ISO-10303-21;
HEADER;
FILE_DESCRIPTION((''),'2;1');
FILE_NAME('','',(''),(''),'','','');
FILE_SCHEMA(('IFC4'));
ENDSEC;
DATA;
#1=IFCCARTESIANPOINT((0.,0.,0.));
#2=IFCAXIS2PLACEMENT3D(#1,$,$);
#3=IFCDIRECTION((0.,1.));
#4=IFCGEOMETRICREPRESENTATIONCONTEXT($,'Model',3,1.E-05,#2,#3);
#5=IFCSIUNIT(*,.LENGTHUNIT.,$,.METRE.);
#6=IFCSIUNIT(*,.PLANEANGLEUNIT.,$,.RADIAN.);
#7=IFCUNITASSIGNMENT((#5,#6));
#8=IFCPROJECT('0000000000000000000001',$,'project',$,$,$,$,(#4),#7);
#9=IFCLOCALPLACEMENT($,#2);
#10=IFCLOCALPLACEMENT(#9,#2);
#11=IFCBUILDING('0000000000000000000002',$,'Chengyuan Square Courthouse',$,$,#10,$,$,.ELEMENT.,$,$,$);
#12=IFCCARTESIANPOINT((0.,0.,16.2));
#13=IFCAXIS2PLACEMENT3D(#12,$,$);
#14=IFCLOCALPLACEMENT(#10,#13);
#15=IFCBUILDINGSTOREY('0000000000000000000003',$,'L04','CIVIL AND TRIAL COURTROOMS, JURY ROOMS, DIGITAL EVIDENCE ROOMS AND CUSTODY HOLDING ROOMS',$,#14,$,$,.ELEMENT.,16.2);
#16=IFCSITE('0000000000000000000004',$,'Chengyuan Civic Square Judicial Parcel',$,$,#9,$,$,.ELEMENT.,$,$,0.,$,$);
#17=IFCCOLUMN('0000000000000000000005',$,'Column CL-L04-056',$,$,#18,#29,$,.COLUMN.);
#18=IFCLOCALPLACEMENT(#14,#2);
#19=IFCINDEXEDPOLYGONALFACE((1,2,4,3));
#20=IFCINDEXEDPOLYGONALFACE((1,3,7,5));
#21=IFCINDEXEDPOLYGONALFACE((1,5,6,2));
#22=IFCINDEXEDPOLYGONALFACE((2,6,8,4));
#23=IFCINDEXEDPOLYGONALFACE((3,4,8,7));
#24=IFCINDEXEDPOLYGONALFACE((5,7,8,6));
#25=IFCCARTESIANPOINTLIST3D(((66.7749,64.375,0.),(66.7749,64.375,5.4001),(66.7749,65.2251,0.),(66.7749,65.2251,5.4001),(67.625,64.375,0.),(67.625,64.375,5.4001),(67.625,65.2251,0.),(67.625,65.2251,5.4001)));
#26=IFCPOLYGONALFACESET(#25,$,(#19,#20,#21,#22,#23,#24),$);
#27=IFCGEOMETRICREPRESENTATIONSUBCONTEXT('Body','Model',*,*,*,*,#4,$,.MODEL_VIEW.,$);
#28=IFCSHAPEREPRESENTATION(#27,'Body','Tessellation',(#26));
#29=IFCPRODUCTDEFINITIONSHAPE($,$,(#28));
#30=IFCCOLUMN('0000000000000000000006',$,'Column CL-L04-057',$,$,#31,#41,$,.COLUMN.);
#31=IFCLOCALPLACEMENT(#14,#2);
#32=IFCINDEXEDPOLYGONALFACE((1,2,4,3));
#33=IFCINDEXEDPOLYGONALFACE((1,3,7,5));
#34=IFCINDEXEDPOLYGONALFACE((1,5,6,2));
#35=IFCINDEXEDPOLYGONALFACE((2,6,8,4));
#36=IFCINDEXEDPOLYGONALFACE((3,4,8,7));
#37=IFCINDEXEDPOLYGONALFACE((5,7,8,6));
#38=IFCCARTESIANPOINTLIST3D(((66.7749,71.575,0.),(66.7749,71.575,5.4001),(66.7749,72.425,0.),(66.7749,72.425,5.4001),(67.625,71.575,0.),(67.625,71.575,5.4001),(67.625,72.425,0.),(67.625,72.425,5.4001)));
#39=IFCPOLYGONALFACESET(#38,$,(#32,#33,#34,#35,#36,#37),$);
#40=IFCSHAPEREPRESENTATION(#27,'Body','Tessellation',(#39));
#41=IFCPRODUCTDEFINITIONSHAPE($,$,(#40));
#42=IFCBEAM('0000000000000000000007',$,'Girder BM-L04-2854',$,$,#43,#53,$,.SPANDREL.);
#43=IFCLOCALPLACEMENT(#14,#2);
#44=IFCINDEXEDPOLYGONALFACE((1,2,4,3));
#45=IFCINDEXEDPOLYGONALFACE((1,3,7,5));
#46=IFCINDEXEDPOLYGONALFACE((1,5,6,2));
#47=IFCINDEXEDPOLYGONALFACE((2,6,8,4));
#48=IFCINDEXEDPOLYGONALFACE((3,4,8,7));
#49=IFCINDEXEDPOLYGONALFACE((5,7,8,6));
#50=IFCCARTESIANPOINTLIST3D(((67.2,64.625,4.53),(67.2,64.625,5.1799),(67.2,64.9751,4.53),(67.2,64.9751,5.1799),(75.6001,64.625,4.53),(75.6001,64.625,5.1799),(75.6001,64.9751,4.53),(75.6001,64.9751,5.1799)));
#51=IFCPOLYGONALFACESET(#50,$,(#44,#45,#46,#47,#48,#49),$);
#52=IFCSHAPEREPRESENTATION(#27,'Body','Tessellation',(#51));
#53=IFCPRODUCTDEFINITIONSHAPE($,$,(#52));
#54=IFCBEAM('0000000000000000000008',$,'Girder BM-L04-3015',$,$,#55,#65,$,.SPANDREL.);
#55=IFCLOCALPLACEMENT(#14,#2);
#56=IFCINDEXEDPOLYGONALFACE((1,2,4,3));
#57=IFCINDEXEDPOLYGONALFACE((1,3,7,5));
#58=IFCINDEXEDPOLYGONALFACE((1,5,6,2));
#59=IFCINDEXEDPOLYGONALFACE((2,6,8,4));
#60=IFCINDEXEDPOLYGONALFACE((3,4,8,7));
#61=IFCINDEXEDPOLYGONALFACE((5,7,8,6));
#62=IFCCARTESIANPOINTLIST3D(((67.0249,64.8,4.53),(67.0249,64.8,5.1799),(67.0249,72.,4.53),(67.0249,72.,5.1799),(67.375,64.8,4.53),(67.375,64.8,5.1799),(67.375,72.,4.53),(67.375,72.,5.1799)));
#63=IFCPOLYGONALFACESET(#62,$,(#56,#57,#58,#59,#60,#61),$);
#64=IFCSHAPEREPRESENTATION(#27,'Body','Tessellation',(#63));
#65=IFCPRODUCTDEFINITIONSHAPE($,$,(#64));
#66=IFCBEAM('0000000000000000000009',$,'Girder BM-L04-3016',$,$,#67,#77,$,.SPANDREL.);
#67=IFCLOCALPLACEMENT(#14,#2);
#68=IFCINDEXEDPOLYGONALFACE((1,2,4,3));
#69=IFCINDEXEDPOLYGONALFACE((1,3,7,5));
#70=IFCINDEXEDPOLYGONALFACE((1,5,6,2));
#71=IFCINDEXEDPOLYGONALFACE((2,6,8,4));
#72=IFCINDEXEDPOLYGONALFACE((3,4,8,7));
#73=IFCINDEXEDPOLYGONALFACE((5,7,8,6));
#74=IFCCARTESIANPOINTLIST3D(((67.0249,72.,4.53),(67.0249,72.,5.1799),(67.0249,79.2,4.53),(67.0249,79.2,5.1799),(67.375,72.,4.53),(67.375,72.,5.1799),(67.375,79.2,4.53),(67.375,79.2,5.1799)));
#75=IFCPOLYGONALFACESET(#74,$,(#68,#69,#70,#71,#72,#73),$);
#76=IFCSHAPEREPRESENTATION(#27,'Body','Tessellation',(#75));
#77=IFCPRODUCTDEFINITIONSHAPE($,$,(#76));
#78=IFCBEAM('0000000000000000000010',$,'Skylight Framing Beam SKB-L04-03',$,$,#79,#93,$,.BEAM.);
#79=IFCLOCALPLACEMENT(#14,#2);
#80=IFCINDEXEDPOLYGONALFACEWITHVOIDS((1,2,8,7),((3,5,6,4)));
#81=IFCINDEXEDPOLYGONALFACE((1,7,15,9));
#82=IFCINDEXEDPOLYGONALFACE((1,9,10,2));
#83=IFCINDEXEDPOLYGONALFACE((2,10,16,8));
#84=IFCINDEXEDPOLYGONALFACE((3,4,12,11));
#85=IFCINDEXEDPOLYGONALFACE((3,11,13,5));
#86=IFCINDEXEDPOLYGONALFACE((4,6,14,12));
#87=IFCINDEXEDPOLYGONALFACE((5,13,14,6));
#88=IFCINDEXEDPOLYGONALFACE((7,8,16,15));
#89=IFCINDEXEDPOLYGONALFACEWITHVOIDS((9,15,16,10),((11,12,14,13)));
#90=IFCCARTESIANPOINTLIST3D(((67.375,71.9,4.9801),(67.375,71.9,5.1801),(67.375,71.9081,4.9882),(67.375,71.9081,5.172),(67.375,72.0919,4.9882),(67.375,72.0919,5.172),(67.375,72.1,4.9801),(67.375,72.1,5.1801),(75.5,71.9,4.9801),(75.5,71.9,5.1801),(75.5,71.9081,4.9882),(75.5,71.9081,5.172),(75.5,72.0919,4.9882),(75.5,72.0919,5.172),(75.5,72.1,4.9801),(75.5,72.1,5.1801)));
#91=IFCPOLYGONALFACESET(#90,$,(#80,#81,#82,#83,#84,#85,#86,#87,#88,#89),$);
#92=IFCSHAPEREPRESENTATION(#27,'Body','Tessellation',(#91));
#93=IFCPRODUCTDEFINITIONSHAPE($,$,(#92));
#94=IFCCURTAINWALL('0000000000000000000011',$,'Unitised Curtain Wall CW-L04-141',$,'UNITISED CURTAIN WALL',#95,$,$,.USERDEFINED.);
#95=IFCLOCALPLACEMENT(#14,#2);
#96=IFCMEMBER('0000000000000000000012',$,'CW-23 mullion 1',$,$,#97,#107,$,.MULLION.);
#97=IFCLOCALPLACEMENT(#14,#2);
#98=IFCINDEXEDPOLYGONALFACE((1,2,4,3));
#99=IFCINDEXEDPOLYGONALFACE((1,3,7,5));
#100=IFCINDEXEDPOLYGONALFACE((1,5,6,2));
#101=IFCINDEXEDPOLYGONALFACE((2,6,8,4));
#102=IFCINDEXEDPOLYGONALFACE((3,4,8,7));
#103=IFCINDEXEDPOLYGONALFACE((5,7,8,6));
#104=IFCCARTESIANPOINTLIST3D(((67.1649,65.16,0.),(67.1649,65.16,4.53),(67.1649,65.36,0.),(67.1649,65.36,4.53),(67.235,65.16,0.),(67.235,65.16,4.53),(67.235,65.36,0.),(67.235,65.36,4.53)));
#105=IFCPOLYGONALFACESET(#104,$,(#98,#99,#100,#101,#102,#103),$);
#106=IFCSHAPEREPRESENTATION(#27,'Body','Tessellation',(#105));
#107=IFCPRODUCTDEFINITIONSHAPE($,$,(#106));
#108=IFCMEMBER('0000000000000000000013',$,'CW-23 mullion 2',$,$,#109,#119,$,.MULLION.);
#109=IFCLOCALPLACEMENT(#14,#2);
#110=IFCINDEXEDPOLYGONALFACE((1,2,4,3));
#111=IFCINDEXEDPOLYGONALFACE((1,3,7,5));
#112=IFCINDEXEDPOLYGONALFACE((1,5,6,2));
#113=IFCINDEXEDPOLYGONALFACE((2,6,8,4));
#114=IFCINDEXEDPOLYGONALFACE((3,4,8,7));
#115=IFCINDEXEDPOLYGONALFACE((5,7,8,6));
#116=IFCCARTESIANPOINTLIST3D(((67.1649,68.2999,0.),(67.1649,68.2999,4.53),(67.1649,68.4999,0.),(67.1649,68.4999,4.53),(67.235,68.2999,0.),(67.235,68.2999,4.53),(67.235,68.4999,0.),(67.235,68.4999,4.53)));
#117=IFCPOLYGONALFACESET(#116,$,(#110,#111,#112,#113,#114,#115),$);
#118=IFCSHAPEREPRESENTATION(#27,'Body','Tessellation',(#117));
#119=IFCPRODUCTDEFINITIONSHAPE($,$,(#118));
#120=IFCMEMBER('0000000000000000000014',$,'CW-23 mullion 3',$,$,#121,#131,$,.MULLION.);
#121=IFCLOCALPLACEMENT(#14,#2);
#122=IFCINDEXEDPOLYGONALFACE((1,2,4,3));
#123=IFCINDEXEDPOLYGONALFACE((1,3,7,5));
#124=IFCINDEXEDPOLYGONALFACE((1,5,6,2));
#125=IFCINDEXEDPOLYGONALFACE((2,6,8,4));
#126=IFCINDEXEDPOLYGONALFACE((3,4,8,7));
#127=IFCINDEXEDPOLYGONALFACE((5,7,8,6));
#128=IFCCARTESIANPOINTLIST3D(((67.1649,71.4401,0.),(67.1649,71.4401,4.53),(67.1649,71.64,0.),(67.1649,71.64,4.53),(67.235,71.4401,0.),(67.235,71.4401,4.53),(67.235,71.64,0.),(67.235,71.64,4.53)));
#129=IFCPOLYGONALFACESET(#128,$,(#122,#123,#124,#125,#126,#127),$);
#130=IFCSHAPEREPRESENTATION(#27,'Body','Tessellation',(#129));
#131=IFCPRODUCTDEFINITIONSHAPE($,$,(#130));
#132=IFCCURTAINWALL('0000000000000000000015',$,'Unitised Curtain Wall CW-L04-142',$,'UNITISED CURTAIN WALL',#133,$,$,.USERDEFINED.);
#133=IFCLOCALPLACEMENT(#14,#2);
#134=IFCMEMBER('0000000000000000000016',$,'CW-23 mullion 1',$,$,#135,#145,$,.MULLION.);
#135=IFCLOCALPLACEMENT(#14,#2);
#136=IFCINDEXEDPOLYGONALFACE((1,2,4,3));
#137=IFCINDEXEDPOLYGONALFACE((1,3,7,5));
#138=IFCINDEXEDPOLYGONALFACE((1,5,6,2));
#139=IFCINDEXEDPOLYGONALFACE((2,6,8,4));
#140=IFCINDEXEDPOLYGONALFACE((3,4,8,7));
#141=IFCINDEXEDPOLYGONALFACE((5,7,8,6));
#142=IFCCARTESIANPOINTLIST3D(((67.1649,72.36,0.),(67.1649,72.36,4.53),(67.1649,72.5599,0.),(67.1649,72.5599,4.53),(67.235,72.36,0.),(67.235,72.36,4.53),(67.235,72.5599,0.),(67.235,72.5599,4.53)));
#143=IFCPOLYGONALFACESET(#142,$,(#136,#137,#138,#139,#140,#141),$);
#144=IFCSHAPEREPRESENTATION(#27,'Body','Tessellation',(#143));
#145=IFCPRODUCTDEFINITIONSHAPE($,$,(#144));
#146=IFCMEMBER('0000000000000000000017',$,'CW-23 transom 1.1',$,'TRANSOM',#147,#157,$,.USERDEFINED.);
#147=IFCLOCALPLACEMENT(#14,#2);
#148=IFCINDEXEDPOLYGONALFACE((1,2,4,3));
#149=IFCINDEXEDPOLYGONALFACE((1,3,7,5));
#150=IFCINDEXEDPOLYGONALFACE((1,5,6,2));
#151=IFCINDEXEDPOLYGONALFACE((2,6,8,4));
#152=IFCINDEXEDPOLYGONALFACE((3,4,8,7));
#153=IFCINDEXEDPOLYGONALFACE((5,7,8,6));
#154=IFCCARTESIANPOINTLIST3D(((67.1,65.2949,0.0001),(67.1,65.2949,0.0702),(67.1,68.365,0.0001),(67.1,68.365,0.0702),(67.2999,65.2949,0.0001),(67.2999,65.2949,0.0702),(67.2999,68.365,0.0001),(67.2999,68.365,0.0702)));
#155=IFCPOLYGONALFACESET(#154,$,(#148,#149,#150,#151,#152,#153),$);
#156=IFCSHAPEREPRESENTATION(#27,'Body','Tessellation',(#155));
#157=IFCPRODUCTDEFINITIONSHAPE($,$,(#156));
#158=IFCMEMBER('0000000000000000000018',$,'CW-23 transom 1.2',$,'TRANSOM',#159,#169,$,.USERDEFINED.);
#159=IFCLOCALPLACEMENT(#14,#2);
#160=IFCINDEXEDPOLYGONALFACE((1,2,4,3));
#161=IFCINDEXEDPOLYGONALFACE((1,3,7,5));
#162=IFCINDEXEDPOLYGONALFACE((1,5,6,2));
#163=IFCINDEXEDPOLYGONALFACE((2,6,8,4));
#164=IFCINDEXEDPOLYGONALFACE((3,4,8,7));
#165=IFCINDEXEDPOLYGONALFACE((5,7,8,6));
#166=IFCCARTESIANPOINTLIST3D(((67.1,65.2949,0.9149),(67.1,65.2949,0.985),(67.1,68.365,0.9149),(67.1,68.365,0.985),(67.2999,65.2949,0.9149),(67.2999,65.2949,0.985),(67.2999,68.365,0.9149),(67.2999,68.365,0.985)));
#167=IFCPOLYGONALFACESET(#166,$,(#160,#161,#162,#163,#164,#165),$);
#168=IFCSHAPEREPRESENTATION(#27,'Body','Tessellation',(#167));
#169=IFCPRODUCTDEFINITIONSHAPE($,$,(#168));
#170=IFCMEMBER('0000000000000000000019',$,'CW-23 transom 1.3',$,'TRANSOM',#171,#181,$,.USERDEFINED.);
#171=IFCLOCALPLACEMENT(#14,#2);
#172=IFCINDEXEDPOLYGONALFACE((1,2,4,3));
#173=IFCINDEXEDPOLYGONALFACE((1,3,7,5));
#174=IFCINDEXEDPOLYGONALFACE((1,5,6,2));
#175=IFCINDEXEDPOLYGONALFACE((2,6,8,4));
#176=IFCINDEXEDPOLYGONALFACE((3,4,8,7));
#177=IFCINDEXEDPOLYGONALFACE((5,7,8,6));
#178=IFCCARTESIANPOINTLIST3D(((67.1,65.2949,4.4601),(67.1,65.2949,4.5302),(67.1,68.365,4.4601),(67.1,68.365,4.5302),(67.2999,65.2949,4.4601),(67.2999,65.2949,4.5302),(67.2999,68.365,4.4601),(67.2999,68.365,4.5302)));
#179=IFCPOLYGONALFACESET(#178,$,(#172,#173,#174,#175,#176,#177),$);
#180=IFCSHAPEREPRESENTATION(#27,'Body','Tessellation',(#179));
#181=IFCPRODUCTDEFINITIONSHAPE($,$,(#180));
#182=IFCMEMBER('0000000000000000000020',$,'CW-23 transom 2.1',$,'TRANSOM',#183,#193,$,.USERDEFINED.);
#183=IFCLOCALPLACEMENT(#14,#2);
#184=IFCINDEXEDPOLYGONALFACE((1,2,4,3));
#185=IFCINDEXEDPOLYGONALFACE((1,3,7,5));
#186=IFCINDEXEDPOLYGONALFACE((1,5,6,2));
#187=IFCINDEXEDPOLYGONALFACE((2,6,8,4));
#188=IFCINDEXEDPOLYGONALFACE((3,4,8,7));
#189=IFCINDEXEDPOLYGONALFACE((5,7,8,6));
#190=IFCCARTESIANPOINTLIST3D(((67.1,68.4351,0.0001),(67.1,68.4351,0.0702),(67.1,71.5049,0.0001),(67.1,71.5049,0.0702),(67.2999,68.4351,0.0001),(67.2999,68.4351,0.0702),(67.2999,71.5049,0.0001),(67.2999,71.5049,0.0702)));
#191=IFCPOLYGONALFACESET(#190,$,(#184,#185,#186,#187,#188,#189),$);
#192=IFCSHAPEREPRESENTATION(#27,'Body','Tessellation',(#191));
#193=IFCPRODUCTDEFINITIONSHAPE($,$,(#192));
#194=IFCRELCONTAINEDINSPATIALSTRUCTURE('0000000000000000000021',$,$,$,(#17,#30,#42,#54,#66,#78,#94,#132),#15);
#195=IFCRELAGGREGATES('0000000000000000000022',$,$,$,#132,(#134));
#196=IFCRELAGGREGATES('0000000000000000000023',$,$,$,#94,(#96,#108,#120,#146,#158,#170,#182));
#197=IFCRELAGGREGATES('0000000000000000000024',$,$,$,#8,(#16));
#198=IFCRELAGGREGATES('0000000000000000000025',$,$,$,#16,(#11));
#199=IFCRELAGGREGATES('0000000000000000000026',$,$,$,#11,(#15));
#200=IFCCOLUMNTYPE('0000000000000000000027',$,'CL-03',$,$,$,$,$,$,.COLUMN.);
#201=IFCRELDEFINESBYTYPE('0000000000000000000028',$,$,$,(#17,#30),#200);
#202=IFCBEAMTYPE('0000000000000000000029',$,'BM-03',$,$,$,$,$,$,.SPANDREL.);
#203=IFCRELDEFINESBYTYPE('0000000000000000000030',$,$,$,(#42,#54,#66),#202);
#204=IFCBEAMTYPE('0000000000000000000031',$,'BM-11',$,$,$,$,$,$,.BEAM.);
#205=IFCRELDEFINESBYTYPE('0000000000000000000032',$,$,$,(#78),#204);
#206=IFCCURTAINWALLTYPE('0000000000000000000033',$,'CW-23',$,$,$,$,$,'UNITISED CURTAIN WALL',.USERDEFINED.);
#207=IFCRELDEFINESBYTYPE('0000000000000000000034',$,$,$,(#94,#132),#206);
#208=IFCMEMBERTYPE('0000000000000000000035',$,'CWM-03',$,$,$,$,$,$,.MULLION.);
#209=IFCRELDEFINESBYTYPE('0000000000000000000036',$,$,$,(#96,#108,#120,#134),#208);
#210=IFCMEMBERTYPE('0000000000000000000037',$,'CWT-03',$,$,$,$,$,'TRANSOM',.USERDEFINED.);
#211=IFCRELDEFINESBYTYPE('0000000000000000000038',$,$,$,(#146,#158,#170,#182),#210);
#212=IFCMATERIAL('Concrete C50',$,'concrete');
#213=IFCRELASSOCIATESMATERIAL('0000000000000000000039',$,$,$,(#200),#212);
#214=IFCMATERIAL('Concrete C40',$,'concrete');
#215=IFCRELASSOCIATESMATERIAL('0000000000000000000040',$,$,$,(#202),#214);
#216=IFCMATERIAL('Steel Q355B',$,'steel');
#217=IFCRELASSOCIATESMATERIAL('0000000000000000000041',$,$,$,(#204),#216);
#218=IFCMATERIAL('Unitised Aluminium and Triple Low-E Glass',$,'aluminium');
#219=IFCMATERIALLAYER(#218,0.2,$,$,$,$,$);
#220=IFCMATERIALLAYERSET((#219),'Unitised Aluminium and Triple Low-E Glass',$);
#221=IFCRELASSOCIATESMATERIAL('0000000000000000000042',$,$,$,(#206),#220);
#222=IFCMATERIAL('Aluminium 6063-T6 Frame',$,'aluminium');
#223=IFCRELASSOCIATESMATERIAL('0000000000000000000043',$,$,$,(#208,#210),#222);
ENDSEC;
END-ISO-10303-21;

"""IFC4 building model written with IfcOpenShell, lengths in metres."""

from ifc_helpers import new_model, si_unit, direction, frame, origin, origin_2d, place, context, subcontext, project, spatial, rectangle, hollow_rectangle, extrude, material, layer, layer_set, material_profile, profile_set, type_object, element, aggregate, save


model = new_model("IFC4")

# Units and contexts
model_context = context("Model", 3, precision=1e-05, world=origin(), true_north=direction((0.0, 1.0)))
body_context = subcontext(model_context, "Body", "Model", "MODEL_VIEW")
ifc_project = project(units=[si_unit("LENGTHUNIT", "METRE"), si_unit("PLANEANGLEUNIT", "RADIAN")], contexts=[model_context])

# Site, building, storey
site_placement = place(None, origin())
site = spatial("IfcSite", under=ifc_project, at=site_placement, Name="Chengyuan Civic Square Judicial Parcel", CompositionType="ELEMENT", RefElevation=0.0)
building_placement = place(site_placement, origin())
building = spatial("IfcBuilding", under=site, at=building_placement, Name="Chengyuan Square Courthouse", CompositionType="ELEMENT")
storey_placement = place(building_placement, frame((0.0, 0.0, 16.2)))
storey = spatial("IfcBuildingStorey", under=building, at=storey_placement, Name="L04", Description="CIVIL AND TRIAL COURTROOMS, JURY ROOMS, DIGITAL EVIDENCE ROOMS AND CUSTODY HOLDING ROOMS", CompositionType="ELEMENT", Elevation=16.2)

# Columns
ifc_material_1 = material(Name="Concrete C50", Category="concrete")
ifc_material_profile_1 = material_profile(ifc_material_1, rectangle(XDim=0.8501, YDim=0.8501, at=origin_2d()), Name="RC-COL-850x850")
ifc_profile_set_1 = profile_set([ifc_material_profile_1], Name="Concrete C50")
column_type = type_object("IfcColumnType", Name="CL-03", PredefinedType="COLUMN", material=ifc_profile_set_1)
for number, where, z_axis, x_axis, name in (
    (1, (67.2, 64.8, 0.0), (0.0, 0.0, 1.0), (1.0, 0.0, 0.0), "Column CL-L04-056"),
    (2, (67.2, 72.0, 0.0), (0.0, 0.0, 1.0), (1.0, 0.0, 0.0), "Column CL-L04-057"),
):
    element("IfcColumn", number, at=place(storey_placement, frame(where, z_axis=z_axis, x_axis=x_axis)), inside=storey, type_object=column_type, Name=name, PredefinedType="COLUMN", context=body_context, shape_type="SweptSolid", body=[
        extrude(rectangle(XDim=0.8501, YDim=0.8501, at=origin_2d()), origin(), (0.0, 0.0, 1.0), 5.4001),
    ])

# Beams
ifc_material_2 = material(Name="Concrete C40", Category="concrete")
ifc_material_profile_2 = material_profile(ifc_material_2, rectangle(XDim=0.3501, YDim=0.6499, at=origin_2d()), Name="RC-BM-350x650")
ifc_profile_set_2 = profile_set([ifc_material_profile_2], Name="Concrete C40")
beam_type_1 = type_object("IfcBeamType", Name="BM-03", PredefinedType="SPANDREL", material=ifc_profile_set_2)
beam_1_placement = place(storey_placement, frame((67.2, 64.8, 4.855), z_axis=(1.0, 0.0, 0.0), x_axis=(0.0, 1.0, 0.0)))
element("IfcBeam", 3, at=beam_1_placement, inside=storey, type_object=beam_type_1, Name="Girder BM-L04-2854", PredefinedType="SPANDREL", context=body_context, shape_type="SweptSolid", body=[
    extrude(rectangle(XDim=0.3501, YDim=0.6499, at=origin_2d()), origin(), (0.0, 0.0, 1.0), 8.4001),
])
for number, where, z_axis, x_axis, name in (
    (4, (67.2, 64.8, 4.855), (0.0, 1.0, 0.0), (-1.0, 0.0, 0.0), "Girder BM-L04-3015"),
    (5, (67.2, 72.0, 4.855), (0.0, 1.0, 0.0), (-1.0, 0.0, 0.0), "Girder BM-L04-3016"),
):
    element("IfcBeam", number, at=place(storey_placement, frame(where, z_axis=z_axis, x_axis=x_axis)), inside=storey, type_object=beam_type_1, Name=name, PredefinedType="SPANDREL", context=body_context, shape_type="SweptSolid", body=[
        extrude(rectangle(XDim=0.3501, YDim=0.6499, at=origin_2d()), origin(), (0.0, 0.0, 1.0), 7.2),
    ])
ifc_material_3 = material(Name="Steel Q355B", Category="steel")
ifc_material_profile_3 = material_profile(ifc_material_3, hollow_rectangle(XDim=0.2, YDim=0.2, WallThickness=0.0081, at=origin_2d()), Name="SHS 200x200x8")
ifc_profile_set_3 = profile_set([ifc_material_profile_3], Name="Steel Q355B")
beam_type_2 = type_object("IfcBeamType", Name="BM-11", PredefinedType="BEAM", material=ifc_profile_set_3)
beam_2_placement = place(storey_placement, frame((67.375, 72.0, 5.0801), z_axis=(1.0, 0.0, 0.0), x_axis=(0.0, 1.0, 0.0)))
element("IfcBeam", 6, at=beam_2_placement, inside=storey, type_object=beam_type_2, Name="Skylight Framing Beam SKB-L04-03", PredefinedType="BEAM", context=body_context, shape_type="SweptSolid", body=[
    extrude(hollow_rectangle(XDim=0.2, YDim=0.2, WallThickness=0.0081, at=origin_2d()), origin(), (0.0, 0.0, 1.0), 8.125),
])

# Curtain wall, members
ifc_material_4 = material(Name="Unitised Aluminium and Triple Low-E Glass", Category="aluminium")
ifc_layer_1 = layer(ifc_material_4, 0.2)
ifc_layer_set_1 = layer_set([ifc_layer_1], Name="Unitised Aluminium and Triple Low-E Glass")
curtain_wall_type = type_object("IfcCurtainWallType", Name="CW-23", ElementType="UNITISED CURTAIN WALL", PredefinedType="USERDEFINED", material=ifc_layer_set_1)
curtain_wall_1_placement = place(storey_placement, origin())
curtain_wall_1 = element("IfcCurtainWall", 7, at=curtain_wall_1_placement, inside=storey, type_object=curtain_wall_type, Name="Unitised Curtain Wall CW-L04-141", ObjectType="UNITISED CURTAIN WALL", PredefinedType="USERDEFINED")
ifc_material_5 = material(Name="Aluminium 6063-T6 Frame", Category="aluminium")
ifc_material_profile_4 = material_profile(ifc_material_5, rectangle(XDim=0.0701, YDim=0.2, at=origin_2d()), Name="CW-MUL-70x200")
ifc_profile_set_4 = profile_set([ifc_material_profile_4], Name="Aluminium 6063-T6 Frame")
member_type_1 = type_object("IfcMemberType", Name="CWM-03", PredefinedType="MULLION", material=ifc_profile_set_4)
member_1_placement = place(storey_placement, frame((67.2, 65.26, 0.0), z_axis=(0.0, 0.0, 1.0), x_axis=(-1.0, 0.0, 0.0)))
member_1 = element("IfcMember", 8, at=member_1_placement, type_object=member_type_1, Name="CW-23 mullion 1", PredefinedType="MULLION", context=body_context, shape_type="SweptSolid", body=[
    extrude(rectangle(XDim=0.0701, YDim=0.2, at=origin_2d()), origin(), (0.0, 0.0, 1.0), 4.53),
])
member_2_placement = place(storey_placement, frame((67.2, 68.3999, 0.0), z_axis=(0.0, 0.0, 1.0), x_axis=(-1.0, 0.0, 0.0)))
member_2 = element("IfcMember", 9, at=member_2_placement, type_object=member_type_1, Name="CW-23 mullion 2", PredefinedType="MULLION", context=body_context, shape_type="SweptSolid", body=[
    extrude(rectangle(XDim=0.0701, YDim=0.2, at=origin_2d()), origin(), (0.0, 0.0, 1.0), 4.53),
])
member_3_placement = place(storey_placement, frame((67.2, 71.54, 0.0), z_axis=(0.0, 0.0, 1.0), x_axis=(-1.0, 0.0, 0.0)))
member_3 = element("IfcMember", 10, at=member_3_placement, type_object=member_type_1, Name="CW-23 mullion 3", PredefinedType="MULLION", context=body_context, shape_type="SweptSolid", body=[
    extrude(rectangle(XDim=0.0701, YDim=0.2, at=origin_2d()), origin(), (0.0, 0.0, 1.0), 4.53),
])

# Curtain wall, member
curtain_wall_2_placement = place(storey_placement, origin())
curtain_wall_2 = element("IfcCurtainWall", 11, at=curtain_wall_2_placement, inside=storey, type_object=curtain_wall_type, Name="Unitised Curtain Wall CW-L04-142", ObjectType="UNITISED CURTAIN WALL", PredefinedType="USERDEFINED")
member_4_placement = place(storey_placement, frame((67.2, 72.46, 0.0), z_axis=(0.0, 0.0, 1.0), x_axis=(-1.0, 0.0, 0.0)))
member_4 = element("IfcMember", 12, at=member_4_placement, type_object=member_type_1, Name="CW-23 mullion 1", PredefinedType="MULLION", context=body_context, shape_type="SweptSolid", body=[
    extrude(rectangle(XDim=0.0701, YDim=0.2, at=origin_2d()), origin(), (0.0, 0.0, 1.0), 4.53),
])
aggregate(curtain_wall_2, [member_4])

# Members
ifc_material_profile_5 = material_profile(ifc_material_5, rectangle(XDim=0.2, YDim=0.0701, at=origin_2d()), Name="CW-TRN-70x160")
ifc_profile_set_5 = profile_set([ifc_material_profile_5], Name="Aluminium 6063-T6 Frame")
member_type_2 = type_object("IfcMemberType", Name="CWT-03", ElementType="TRANSOM", PredefinedType="USERDEFINED", material=ifc_profile_set_5)
member_5_placement = place(storey_placement, frame((67.2, 65.2949, 0.0352), z_axis=(0.0, 1.0, 0.0), x_axis=(-1.0, 0.0, 0.0)))
member_5 = element("IfcMember", 13, at=member_5_placement, type_object=member_type_2, Name="CW-23 transom 1.1", ObjectType="TRANSOM", PredefinedType="USERDEFINED", context=body_context, shape_type="SweptSolid", body=[
    extrude(rectangle(XDim=0.2, YDim=0.0701, at=origin_2d()), origin(), (0.0, 0.0, 1.0), 3.0701),
])
member_6_placement = place(storey_placement, frame((67.2, 65.2949, 0.95), z_axis=(0.0, 1.0, 0.0), x_axis=(-1.0, 0.0, 0.0)))
member_6 = element("IfcMember", 14, at=member_6_placement, type_object=member_type_2, Name="CW-23 transom 1.2", ObjectType="TRANSOM", PredefinedType="USERDEFINED", context=body_context, shape_type="SweptSolid", body=[
    extrude(rectangle(XDim=0.2, YDim=0.0701, at=origin_2d()), origin(), (0.0, 0.0, 1.0), 3.0701),
])
member_7_placement = place(storey_placement, frame((67.2, 65.2949, 4.4951), z_axis=(0.0, 1.0, 0.0), x_axis=(-1.0, 0.0, 0.0)))
member_7 = element("IfcMember", 15, at=member_7_placement, type_object=member_type_2, Name="CW-23 transom 1.3", ObjectType="TRANSOM", PredefinedType="USERDEFINED", context=body_context, shape_type="SweptSolid", body=[
    extrude(rectangle(XDim=0.2, YDim=0.0701, at=origin_2d()), origin(), (0.0, 0.0, 1.0), 3.0701),
])
member_8_placement = place(storey_placement, frame((67.2, 68.4351, 0.0352), z_axis=(0.0, 1.0, 0.0), x_axis=(-1.0, 0.0, 0.0)))
member_8 = element("IfcMember", 16, at=member_8_placement, type_object=member_type_2, Name="CW-23 transom 2.1", ObjectType="TRANSOM", PredefinedType="USERDEFINED", context=body_context, shape_type="SweptSolid", body=[
    extrude(rectangle(XDim=0.2, YDim=0.0701, at=origin_2d()), origin(), (0.0, 0.0, 1.0), 3.0698),
])

aggregate(curtain_wall_1, [member_1, member_2, member_3, member_5, member_6, member_7, member_8])

save(model, "model.ifc")
